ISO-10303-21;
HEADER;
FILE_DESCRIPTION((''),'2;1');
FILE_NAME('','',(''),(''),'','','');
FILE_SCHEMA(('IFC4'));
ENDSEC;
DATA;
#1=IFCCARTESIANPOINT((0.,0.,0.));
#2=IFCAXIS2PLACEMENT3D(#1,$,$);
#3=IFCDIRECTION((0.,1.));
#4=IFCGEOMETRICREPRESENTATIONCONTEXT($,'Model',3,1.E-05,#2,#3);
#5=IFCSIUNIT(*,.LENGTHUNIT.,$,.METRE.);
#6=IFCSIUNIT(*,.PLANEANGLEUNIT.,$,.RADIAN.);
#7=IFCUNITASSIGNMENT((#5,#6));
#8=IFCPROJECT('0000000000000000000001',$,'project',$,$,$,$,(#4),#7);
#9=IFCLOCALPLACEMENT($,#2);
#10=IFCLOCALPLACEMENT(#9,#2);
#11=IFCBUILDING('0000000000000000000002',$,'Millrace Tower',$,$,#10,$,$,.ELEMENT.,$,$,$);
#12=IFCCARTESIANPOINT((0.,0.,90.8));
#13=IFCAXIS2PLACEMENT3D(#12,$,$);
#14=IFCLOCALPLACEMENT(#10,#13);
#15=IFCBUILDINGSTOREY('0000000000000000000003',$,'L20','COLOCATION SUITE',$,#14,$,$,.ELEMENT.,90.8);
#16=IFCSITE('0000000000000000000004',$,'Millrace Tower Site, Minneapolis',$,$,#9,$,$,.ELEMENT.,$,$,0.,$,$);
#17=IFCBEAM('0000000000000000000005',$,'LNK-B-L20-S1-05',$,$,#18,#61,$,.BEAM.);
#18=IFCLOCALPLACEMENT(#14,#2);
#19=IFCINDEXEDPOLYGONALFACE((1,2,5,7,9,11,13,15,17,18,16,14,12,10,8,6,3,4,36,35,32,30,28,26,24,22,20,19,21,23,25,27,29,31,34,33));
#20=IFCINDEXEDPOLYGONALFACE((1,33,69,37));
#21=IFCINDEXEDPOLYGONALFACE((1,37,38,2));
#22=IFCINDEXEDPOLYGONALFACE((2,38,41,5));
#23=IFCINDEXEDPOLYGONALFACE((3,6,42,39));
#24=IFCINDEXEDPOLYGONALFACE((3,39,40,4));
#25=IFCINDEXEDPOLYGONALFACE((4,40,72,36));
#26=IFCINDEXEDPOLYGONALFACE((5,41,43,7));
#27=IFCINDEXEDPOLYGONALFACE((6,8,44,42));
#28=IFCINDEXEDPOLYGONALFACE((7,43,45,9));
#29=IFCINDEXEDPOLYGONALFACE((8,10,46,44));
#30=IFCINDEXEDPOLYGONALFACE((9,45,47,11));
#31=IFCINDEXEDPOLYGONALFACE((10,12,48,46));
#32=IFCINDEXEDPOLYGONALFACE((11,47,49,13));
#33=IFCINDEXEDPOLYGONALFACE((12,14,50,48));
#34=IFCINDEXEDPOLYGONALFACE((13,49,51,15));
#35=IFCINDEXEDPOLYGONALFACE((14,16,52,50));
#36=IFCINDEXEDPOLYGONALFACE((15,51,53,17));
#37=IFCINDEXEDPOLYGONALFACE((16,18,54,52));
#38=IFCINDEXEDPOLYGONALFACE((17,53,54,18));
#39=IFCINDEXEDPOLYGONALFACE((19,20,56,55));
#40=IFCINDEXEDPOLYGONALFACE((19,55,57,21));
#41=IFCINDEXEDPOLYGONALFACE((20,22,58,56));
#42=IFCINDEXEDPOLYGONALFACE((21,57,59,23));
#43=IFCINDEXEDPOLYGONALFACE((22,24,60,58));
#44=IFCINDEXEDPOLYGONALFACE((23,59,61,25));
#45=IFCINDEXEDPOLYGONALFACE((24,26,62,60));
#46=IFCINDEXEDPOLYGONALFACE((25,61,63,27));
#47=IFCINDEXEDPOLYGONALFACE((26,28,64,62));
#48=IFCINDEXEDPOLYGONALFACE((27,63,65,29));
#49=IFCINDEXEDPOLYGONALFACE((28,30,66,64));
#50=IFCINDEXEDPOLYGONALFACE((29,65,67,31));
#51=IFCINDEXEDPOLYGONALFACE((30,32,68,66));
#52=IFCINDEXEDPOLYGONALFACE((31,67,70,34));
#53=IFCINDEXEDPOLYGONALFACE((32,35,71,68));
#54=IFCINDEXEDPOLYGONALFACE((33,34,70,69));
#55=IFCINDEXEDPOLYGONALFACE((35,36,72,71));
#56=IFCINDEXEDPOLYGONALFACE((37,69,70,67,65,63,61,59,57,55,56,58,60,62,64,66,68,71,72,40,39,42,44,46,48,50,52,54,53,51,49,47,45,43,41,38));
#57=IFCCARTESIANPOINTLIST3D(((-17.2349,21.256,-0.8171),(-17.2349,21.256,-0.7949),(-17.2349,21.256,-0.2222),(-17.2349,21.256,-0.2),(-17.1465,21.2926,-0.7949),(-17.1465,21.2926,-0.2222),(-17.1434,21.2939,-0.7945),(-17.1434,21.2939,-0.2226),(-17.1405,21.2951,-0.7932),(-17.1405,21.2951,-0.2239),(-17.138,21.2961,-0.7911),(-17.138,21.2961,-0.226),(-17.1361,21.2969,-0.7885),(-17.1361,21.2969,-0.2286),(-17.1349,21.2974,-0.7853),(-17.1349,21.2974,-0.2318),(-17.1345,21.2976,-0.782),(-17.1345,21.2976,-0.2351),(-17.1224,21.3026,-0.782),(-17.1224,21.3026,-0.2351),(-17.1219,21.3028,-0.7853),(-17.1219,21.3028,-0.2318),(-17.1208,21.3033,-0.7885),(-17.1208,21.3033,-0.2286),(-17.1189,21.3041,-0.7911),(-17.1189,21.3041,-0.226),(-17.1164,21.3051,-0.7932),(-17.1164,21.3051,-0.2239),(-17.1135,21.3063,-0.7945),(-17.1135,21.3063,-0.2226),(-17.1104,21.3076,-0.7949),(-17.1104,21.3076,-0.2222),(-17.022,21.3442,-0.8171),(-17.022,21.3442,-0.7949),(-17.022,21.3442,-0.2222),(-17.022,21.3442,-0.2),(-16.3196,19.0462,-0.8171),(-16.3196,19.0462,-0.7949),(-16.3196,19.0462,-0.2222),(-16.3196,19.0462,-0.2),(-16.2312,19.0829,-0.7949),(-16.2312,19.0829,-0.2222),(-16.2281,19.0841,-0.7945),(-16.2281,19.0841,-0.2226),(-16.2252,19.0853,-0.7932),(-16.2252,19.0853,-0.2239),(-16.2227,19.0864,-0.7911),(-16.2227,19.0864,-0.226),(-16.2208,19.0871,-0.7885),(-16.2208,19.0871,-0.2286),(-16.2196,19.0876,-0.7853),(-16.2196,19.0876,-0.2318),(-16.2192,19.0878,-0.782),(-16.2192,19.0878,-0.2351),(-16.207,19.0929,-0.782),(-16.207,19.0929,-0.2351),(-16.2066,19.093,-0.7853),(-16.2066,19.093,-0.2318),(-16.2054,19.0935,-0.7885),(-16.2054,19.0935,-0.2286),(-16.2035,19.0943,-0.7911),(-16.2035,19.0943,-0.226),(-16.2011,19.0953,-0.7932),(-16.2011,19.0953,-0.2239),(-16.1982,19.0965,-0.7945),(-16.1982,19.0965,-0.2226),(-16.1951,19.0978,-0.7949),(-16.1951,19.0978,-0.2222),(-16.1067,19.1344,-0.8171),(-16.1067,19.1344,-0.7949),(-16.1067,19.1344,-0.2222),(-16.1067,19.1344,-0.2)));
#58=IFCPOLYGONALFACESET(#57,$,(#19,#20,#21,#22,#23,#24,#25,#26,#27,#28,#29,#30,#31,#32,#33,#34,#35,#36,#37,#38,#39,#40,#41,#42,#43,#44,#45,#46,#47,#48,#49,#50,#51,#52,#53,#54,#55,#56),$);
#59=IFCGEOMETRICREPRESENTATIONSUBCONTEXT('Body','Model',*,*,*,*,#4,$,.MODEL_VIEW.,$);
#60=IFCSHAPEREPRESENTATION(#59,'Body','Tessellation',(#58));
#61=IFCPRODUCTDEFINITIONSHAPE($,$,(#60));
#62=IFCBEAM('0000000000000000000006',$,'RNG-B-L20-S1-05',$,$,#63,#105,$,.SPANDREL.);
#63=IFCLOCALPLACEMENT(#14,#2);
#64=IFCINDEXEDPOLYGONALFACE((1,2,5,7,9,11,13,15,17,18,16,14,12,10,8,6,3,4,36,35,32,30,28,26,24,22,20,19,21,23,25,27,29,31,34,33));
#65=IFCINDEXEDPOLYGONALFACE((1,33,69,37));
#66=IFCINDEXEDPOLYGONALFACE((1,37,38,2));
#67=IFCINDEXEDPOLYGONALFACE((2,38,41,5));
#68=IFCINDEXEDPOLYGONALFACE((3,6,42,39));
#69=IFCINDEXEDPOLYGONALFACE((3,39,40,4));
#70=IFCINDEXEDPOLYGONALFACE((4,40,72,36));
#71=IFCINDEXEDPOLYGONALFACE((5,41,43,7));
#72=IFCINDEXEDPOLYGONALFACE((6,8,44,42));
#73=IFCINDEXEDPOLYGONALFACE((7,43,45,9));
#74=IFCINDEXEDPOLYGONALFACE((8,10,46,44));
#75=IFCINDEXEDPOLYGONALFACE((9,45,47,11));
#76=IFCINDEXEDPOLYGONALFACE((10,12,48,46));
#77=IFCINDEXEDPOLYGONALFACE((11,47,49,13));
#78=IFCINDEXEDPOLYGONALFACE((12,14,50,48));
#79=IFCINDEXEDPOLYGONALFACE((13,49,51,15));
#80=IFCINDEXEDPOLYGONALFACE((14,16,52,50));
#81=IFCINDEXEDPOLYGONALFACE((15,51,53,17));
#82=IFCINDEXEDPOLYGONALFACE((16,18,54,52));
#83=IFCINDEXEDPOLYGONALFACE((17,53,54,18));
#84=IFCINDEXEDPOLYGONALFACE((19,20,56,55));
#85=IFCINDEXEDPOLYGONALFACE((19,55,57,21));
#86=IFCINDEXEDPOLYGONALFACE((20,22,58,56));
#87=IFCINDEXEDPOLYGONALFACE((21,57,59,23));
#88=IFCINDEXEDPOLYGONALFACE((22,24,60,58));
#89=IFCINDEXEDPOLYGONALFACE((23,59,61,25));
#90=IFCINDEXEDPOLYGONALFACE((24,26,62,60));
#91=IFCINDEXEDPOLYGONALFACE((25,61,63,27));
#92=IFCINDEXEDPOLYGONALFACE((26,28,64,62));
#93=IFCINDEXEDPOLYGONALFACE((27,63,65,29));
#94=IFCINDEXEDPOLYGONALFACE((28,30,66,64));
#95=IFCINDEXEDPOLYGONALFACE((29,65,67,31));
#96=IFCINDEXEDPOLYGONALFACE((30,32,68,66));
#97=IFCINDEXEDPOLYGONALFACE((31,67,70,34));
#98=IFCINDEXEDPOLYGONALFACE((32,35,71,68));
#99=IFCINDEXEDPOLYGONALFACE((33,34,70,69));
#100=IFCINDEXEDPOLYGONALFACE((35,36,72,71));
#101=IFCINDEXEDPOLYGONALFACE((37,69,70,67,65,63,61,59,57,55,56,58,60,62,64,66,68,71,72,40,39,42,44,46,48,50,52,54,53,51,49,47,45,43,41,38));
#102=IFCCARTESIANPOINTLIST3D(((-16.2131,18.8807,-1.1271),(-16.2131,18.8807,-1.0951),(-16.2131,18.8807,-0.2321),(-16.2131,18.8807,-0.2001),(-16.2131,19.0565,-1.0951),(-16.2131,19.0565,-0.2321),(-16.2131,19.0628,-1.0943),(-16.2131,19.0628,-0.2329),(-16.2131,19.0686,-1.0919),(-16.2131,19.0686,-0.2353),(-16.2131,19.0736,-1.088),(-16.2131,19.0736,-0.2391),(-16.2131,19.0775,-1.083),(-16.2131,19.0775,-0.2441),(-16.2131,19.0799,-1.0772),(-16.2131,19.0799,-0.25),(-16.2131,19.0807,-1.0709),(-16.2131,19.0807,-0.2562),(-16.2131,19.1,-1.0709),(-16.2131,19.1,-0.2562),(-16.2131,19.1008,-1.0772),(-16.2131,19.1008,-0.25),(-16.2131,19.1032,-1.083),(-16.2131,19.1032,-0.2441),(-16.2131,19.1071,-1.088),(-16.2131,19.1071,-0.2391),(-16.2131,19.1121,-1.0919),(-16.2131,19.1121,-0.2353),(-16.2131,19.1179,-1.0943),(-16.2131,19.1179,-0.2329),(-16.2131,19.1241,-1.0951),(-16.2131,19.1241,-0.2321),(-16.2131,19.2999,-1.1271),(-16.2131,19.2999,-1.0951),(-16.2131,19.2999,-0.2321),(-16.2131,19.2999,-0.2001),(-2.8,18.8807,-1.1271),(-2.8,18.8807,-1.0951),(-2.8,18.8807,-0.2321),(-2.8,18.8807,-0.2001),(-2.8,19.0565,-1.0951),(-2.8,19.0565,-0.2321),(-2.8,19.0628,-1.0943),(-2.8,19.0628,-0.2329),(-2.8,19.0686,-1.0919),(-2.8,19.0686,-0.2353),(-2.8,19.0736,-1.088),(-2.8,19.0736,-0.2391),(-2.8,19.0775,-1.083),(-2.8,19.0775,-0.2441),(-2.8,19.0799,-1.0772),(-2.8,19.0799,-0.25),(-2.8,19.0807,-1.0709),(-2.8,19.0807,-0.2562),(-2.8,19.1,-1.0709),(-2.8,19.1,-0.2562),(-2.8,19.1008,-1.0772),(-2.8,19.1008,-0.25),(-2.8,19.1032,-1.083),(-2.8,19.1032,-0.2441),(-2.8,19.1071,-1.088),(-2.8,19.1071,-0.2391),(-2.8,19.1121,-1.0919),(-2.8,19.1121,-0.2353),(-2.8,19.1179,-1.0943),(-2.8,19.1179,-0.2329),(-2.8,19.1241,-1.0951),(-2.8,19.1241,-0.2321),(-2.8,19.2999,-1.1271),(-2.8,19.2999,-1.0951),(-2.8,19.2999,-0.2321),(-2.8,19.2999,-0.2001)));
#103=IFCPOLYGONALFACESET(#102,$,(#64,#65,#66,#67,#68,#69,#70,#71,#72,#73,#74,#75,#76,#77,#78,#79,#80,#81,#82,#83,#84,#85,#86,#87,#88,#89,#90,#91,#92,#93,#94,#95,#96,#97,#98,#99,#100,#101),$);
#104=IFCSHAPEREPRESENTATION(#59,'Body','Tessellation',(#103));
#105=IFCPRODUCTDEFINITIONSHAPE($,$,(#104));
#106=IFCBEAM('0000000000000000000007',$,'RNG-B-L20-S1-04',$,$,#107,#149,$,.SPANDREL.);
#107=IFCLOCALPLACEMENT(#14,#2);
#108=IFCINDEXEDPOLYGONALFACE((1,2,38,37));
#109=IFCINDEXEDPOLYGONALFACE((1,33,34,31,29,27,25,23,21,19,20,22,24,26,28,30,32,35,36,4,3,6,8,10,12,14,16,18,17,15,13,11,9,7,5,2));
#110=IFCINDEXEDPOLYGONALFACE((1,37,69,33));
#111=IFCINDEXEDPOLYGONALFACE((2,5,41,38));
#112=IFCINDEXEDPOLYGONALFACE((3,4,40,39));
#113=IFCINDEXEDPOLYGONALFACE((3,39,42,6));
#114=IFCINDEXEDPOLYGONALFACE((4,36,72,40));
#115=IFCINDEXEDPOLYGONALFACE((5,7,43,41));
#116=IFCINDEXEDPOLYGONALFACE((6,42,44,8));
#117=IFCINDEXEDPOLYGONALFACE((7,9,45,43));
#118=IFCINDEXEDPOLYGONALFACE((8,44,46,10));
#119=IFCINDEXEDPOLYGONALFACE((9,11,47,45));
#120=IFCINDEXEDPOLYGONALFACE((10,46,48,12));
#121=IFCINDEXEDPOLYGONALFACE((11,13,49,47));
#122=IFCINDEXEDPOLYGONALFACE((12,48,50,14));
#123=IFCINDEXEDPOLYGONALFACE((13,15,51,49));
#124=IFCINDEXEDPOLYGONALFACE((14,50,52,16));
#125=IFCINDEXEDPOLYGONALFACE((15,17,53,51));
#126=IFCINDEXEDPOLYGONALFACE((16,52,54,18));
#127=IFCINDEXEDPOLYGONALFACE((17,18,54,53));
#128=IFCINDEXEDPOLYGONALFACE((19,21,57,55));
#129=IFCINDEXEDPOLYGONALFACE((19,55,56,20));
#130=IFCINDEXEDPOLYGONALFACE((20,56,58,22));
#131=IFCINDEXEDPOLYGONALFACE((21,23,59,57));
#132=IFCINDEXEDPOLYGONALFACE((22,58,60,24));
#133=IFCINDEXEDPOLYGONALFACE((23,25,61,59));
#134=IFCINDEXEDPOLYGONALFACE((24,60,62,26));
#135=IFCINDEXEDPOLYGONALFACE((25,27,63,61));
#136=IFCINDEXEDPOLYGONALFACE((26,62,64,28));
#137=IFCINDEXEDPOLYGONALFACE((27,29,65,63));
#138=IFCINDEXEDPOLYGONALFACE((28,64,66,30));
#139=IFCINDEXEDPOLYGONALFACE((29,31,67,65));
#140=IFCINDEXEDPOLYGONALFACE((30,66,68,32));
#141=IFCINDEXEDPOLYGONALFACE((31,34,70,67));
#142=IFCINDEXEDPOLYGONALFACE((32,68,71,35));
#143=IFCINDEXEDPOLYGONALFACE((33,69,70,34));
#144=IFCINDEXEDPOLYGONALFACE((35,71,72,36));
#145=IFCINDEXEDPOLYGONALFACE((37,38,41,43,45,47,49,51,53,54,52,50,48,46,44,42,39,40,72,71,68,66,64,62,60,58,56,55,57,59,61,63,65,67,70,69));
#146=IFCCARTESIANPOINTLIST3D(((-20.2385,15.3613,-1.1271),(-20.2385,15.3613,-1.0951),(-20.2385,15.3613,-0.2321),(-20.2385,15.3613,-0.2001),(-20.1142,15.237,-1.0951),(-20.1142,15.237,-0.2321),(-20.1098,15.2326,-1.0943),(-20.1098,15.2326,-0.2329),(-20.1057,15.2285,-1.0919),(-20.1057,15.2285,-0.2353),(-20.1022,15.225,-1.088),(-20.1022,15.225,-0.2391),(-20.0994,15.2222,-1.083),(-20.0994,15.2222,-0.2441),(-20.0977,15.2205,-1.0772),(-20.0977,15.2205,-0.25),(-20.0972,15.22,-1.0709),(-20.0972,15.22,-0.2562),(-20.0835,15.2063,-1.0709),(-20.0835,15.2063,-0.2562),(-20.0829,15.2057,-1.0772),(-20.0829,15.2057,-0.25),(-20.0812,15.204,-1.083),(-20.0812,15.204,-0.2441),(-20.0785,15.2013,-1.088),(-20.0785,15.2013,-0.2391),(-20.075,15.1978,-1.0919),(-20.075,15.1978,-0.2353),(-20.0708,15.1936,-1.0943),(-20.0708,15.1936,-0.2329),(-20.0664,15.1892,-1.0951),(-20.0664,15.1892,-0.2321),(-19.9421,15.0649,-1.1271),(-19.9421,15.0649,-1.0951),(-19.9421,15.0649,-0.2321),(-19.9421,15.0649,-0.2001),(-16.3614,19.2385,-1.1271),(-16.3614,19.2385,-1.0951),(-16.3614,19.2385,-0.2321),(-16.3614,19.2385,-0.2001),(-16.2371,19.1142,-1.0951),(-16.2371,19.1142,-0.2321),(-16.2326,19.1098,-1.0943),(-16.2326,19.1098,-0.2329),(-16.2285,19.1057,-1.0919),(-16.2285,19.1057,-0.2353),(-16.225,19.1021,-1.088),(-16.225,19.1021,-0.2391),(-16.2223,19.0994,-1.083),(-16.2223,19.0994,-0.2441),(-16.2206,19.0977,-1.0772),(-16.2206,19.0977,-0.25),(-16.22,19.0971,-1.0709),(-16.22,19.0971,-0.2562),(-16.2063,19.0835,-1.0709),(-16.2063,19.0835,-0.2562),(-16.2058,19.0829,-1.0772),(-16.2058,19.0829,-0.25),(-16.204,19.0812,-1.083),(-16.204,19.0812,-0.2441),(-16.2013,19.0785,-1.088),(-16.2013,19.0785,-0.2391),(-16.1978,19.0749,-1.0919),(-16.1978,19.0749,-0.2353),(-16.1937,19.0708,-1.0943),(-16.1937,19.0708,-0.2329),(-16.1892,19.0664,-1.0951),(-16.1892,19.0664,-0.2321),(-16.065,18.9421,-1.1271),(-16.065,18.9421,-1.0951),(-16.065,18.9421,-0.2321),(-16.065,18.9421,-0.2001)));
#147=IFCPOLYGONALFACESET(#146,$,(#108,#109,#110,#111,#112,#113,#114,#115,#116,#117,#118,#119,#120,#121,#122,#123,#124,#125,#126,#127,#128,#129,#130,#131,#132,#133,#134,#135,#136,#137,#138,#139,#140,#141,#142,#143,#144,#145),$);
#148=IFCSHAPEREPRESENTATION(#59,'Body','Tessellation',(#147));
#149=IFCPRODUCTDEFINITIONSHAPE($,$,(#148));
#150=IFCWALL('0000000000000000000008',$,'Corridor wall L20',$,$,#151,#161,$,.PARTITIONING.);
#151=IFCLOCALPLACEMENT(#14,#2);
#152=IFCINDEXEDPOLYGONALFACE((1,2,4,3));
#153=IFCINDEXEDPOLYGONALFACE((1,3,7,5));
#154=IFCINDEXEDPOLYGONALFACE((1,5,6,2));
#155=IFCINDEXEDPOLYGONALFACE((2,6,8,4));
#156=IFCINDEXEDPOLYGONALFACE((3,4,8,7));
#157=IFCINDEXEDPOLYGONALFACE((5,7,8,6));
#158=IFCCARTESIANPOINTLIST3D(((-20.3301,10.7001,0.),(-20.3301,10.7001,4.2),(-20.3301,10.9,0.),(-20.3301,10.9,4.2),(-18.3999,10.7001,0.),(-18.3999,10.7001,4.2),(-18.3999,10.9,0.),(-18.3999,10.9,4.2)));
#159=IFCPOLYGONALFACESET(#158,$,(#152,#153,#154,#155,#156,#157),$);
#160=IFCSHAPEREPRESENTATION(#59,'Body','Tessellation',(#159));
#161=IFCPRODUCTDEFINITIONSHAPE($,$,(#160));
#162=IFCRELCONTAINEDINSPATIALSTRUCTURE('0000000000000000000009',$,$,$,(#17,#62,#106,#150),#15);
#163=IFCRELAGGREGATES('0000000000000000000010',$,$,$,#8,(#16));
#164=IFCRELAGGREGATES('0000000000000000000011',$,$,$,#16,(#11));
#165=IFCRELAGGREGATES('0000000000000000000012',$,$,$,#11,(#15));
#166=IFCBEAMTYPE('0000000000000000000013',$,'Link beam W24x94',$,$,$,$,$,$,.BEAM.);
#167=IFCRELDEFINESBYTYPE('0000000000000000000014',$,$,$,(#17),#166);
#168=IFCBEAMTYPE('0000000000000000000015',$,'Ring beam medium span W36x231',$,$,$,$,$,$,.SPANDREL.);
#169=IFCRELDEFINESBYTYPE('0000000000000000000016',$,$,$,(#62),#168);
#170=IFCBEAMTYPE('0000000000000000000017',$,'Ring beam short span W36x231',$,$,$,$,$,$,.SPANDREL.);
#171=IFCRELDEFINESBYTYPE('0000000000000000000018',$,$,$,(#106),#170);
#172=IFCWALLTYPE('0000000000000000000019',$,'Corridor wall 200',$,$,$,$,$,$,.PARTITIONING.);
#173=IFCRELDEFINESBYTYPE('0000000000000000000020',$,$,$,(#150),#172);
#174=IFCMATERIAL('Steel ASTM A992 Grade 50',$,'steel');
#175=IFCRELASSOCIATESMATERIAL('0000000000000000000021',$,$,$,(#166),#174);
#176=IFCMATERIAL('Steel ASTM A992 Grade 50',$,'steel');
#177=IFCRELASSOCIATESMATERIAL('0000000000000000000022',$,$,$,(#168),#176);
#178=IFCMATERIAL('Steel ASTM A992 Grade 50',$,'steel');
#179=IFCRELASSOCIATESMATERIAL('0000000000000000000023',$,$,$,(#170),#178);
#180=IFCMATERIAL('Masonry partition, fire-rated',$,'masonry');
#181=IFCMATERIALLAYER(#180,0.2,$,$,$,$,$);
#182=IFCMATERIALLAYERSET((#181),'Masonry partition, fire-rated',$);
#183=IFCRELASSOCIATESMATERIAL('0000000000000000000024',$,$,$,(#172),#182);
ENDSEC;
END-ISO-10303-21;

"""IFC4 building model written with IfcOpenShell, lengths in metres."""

from ifc_helpers import new_model, si_unit, direction, frame, frame_2d, origin, origin_2d, place, context, subcontext, project, spatial, rectangle, i_section, extrude, material, layer, layer_set, material_profile, profile_set, type_object, element, save


model = new_model("IFC4")

# Units and contexts
model_context = context("Model", 3, precision=1e-05, world=origin(), true_north=direction((0.0, 1.0)))
body_context = subcontext(model_context, "Body", "Model", "MODEL_VIEW")
ifc_project = project(units=[si_unit("LENGTHUNIT", "METRE"), si_unit("PLANEANGLEUNIT", "RADIAN")], contexts=[model_context])

# Site, building, storey
site_placement = place(None, origin())
site = spatial("IfcSite", under=ifc_project, at=site_placement, Name="Millrace Tower Site, Minneapolis", CompositionType="ELEMENT", RefElevation=0.0)
building_placement = place(site_placement, origin())
building = spatial("IfcBuilding", under=site, at=building_placement, Name="Millrace Tower", CompositionType="ELEMENT")
storey_placement = place(building_placement, frame((0.0, 0.0, 90.8)))
storey = spatial("IfcBuildingStorey", under=building, at=storey_placement, Name="L20", Description="COLOCATION SUITE", CompositionType="ELEMENT", Elevation=90.8)

# Beams
ifc_material_1 = material(Name="Steel ASTM A992 Grade 50", Category="steel")
ifc_material_profile_1 = material_profile(ifc_material_1, i_section(OverallWidth=0.2305, OverallDepth=0.6172, WebThickness=0.0132, FlangeThickness=0.0222, FilletRadius=0.0129, at=origin_2d()))
ifc_profile_set_1 = profile_set([ifc_material_profile_1], Name="Steel ASTM A992 Grade 50")
beam_type_1 = type_object("IfcBeamType", Name="Link beam W24x94", PredefinedType="BEAM", material=ifc_profile_set_1)
for number, where, z_axis, x_axis, name in (
    (1, (-16.2131, 19.0903, -0.5085), (-0.382679, 0.923881, 0.0), (-0.923881, -0.382679, 0.0), "LNK-B-L20-S1-05"),
):
    element("IfcBeam", number, at=place(storey_placement, frame(where, z_axis=z_axis, x_axis=x_axis)), inside=storey, type_object=beam_type_1, Name=name, PredefinedType="BEAM", context=body_context, shape_type="SweptSolid", body=[
        extrude(i_section(OverallWidth=0.2305, OverallDepth=0.6172, WebThickness=0.0132, FlangeThickness=0.0222, FilletRadius=0.0129, at=origin_2d()), origin(), (0.0, 0.0, 1.0), 2.3918),
    ])
ifc_material_2 = material(Name="Steel ASTM A992 Grade 50", Category="steel")
ifc_material_profile_2 = material_profile(ifc_material_2, i_section(OverallWidth=0.4192, OverallDepth=0.927, WebThickness=0.0193, FlangeThickness=0.032, FilletRadius=0.0242, at=origin_2d()))
ifc_profile_set_2 = profile_set([ifc_material_profile_2], Name="Steel ASTM A992 Grade 50")
beam_type_2 = type_object("IfcBeamType", Name="Ring beam medium span W36x231", PredefinedType="SPANDREL", material=ifc_profile_set_2)
beam_1_placement = place(storey_placement, frame((-16.2131, 19.0903, -0.6636), z_axis=(1.0, 0.0, 0.0), x_axis=(0.0, 1.0, 0.0)))
element("IfcBeam", 2, at=beam_1_placement, inside=storey, type_object=beam_type_2, Name="RNG-B-L20-S1-05", PredefinedType="SPANDREL", context=body_context, shape_type="SweptSolid", body=[
    extrude(i_section(OverallWidth=0.4192, OverallDepth=0.927, WebThickness=0.0193, FlangeThickness=0.032, FilletRadius=0.0242, at=origin_2d()), origin(), (0.0, 0.0, 1.0), 13.4131),
])
ifc_material_3 = material(Name="Steel ASTM A992 Grade 50", Category="steel")
ifc_material_profile_3 = material_profile(ifc_material_3, i_section(OverallWidth=0.4192, OverallDepth=0.927, WebThickness=0.0193, FlangeThickness=0.032, FilletRadius=0.0242, at=origin_2d()))
ifc_profile_set_3 = profile_set([ifc_material_profile_3], Name="Steel ASTM A992 Grade 50")
beam_type_3 = type_object("IfcBeamType", Name="Ring beam short span W36x231", PredefinedType="SPANDREL", material=ifc_profile_set_3)
beam_2_placement = place(storey_placement, frame((-20.0903, 15.2131, -0.6636), z_axis=(0.707107, 0.707107, 0.0), x_axis=(-0.707107, 0.707107, 0.0)))
element("IfcBeam", 3, at=beam_2_placement, inside=storey, type_object=beam_type_3, Name="RNG-B-L20-S1-04", PredefinedType="SPANDREL", context=body_context, shape_type="SweptSolid", body=[
    extrude(i_section(OverallWidth=0.4192, OverallDepth=0.927, WebThickness=0.0193, FlangeThickness=0.032, FilletRadius=0.0242, at=origin_2d()), origin(), (0.0, 0.0, 1.0), 5.4832),
])

# Wall
ifc_material_4 = material(Name="Masonry partition, fire-rated", Category="masonry")
ifc_layer_1 = layer(ifc_material_4, 0.2)
ifc_layer_set_1 = layer_set([ifc_layer_1], Name="Masonry partition, fire-rated")
wall_type = type_object("IfcWallType", Name="Corridor wall 200", PredefinedType="PARTITIONING", material=ifc_layer_set_1)
wall_1_placement = place(storey_placement, frame((-20.3301, 10.8, 0.0), z_axis=(0.0, 0.0, 1.0), x_axis=(1.0, 0.0, 0.0)))
element("IfcWall", 4, at=wall_1_placement, inside=storey, type_object=wall_type, Name="Corridor wall L20", PredefinedType="PARTITIONING", context=body_context, shape_type="SweptSolid", body=[
    extrude(rectangle(XDim=1.9302, YDim=0.2, at=frame_2d((0.9651, 0.0))), origin(), (0.0, 0.0, 1.0), 4.2),
])

save(model, "model.ifc")
